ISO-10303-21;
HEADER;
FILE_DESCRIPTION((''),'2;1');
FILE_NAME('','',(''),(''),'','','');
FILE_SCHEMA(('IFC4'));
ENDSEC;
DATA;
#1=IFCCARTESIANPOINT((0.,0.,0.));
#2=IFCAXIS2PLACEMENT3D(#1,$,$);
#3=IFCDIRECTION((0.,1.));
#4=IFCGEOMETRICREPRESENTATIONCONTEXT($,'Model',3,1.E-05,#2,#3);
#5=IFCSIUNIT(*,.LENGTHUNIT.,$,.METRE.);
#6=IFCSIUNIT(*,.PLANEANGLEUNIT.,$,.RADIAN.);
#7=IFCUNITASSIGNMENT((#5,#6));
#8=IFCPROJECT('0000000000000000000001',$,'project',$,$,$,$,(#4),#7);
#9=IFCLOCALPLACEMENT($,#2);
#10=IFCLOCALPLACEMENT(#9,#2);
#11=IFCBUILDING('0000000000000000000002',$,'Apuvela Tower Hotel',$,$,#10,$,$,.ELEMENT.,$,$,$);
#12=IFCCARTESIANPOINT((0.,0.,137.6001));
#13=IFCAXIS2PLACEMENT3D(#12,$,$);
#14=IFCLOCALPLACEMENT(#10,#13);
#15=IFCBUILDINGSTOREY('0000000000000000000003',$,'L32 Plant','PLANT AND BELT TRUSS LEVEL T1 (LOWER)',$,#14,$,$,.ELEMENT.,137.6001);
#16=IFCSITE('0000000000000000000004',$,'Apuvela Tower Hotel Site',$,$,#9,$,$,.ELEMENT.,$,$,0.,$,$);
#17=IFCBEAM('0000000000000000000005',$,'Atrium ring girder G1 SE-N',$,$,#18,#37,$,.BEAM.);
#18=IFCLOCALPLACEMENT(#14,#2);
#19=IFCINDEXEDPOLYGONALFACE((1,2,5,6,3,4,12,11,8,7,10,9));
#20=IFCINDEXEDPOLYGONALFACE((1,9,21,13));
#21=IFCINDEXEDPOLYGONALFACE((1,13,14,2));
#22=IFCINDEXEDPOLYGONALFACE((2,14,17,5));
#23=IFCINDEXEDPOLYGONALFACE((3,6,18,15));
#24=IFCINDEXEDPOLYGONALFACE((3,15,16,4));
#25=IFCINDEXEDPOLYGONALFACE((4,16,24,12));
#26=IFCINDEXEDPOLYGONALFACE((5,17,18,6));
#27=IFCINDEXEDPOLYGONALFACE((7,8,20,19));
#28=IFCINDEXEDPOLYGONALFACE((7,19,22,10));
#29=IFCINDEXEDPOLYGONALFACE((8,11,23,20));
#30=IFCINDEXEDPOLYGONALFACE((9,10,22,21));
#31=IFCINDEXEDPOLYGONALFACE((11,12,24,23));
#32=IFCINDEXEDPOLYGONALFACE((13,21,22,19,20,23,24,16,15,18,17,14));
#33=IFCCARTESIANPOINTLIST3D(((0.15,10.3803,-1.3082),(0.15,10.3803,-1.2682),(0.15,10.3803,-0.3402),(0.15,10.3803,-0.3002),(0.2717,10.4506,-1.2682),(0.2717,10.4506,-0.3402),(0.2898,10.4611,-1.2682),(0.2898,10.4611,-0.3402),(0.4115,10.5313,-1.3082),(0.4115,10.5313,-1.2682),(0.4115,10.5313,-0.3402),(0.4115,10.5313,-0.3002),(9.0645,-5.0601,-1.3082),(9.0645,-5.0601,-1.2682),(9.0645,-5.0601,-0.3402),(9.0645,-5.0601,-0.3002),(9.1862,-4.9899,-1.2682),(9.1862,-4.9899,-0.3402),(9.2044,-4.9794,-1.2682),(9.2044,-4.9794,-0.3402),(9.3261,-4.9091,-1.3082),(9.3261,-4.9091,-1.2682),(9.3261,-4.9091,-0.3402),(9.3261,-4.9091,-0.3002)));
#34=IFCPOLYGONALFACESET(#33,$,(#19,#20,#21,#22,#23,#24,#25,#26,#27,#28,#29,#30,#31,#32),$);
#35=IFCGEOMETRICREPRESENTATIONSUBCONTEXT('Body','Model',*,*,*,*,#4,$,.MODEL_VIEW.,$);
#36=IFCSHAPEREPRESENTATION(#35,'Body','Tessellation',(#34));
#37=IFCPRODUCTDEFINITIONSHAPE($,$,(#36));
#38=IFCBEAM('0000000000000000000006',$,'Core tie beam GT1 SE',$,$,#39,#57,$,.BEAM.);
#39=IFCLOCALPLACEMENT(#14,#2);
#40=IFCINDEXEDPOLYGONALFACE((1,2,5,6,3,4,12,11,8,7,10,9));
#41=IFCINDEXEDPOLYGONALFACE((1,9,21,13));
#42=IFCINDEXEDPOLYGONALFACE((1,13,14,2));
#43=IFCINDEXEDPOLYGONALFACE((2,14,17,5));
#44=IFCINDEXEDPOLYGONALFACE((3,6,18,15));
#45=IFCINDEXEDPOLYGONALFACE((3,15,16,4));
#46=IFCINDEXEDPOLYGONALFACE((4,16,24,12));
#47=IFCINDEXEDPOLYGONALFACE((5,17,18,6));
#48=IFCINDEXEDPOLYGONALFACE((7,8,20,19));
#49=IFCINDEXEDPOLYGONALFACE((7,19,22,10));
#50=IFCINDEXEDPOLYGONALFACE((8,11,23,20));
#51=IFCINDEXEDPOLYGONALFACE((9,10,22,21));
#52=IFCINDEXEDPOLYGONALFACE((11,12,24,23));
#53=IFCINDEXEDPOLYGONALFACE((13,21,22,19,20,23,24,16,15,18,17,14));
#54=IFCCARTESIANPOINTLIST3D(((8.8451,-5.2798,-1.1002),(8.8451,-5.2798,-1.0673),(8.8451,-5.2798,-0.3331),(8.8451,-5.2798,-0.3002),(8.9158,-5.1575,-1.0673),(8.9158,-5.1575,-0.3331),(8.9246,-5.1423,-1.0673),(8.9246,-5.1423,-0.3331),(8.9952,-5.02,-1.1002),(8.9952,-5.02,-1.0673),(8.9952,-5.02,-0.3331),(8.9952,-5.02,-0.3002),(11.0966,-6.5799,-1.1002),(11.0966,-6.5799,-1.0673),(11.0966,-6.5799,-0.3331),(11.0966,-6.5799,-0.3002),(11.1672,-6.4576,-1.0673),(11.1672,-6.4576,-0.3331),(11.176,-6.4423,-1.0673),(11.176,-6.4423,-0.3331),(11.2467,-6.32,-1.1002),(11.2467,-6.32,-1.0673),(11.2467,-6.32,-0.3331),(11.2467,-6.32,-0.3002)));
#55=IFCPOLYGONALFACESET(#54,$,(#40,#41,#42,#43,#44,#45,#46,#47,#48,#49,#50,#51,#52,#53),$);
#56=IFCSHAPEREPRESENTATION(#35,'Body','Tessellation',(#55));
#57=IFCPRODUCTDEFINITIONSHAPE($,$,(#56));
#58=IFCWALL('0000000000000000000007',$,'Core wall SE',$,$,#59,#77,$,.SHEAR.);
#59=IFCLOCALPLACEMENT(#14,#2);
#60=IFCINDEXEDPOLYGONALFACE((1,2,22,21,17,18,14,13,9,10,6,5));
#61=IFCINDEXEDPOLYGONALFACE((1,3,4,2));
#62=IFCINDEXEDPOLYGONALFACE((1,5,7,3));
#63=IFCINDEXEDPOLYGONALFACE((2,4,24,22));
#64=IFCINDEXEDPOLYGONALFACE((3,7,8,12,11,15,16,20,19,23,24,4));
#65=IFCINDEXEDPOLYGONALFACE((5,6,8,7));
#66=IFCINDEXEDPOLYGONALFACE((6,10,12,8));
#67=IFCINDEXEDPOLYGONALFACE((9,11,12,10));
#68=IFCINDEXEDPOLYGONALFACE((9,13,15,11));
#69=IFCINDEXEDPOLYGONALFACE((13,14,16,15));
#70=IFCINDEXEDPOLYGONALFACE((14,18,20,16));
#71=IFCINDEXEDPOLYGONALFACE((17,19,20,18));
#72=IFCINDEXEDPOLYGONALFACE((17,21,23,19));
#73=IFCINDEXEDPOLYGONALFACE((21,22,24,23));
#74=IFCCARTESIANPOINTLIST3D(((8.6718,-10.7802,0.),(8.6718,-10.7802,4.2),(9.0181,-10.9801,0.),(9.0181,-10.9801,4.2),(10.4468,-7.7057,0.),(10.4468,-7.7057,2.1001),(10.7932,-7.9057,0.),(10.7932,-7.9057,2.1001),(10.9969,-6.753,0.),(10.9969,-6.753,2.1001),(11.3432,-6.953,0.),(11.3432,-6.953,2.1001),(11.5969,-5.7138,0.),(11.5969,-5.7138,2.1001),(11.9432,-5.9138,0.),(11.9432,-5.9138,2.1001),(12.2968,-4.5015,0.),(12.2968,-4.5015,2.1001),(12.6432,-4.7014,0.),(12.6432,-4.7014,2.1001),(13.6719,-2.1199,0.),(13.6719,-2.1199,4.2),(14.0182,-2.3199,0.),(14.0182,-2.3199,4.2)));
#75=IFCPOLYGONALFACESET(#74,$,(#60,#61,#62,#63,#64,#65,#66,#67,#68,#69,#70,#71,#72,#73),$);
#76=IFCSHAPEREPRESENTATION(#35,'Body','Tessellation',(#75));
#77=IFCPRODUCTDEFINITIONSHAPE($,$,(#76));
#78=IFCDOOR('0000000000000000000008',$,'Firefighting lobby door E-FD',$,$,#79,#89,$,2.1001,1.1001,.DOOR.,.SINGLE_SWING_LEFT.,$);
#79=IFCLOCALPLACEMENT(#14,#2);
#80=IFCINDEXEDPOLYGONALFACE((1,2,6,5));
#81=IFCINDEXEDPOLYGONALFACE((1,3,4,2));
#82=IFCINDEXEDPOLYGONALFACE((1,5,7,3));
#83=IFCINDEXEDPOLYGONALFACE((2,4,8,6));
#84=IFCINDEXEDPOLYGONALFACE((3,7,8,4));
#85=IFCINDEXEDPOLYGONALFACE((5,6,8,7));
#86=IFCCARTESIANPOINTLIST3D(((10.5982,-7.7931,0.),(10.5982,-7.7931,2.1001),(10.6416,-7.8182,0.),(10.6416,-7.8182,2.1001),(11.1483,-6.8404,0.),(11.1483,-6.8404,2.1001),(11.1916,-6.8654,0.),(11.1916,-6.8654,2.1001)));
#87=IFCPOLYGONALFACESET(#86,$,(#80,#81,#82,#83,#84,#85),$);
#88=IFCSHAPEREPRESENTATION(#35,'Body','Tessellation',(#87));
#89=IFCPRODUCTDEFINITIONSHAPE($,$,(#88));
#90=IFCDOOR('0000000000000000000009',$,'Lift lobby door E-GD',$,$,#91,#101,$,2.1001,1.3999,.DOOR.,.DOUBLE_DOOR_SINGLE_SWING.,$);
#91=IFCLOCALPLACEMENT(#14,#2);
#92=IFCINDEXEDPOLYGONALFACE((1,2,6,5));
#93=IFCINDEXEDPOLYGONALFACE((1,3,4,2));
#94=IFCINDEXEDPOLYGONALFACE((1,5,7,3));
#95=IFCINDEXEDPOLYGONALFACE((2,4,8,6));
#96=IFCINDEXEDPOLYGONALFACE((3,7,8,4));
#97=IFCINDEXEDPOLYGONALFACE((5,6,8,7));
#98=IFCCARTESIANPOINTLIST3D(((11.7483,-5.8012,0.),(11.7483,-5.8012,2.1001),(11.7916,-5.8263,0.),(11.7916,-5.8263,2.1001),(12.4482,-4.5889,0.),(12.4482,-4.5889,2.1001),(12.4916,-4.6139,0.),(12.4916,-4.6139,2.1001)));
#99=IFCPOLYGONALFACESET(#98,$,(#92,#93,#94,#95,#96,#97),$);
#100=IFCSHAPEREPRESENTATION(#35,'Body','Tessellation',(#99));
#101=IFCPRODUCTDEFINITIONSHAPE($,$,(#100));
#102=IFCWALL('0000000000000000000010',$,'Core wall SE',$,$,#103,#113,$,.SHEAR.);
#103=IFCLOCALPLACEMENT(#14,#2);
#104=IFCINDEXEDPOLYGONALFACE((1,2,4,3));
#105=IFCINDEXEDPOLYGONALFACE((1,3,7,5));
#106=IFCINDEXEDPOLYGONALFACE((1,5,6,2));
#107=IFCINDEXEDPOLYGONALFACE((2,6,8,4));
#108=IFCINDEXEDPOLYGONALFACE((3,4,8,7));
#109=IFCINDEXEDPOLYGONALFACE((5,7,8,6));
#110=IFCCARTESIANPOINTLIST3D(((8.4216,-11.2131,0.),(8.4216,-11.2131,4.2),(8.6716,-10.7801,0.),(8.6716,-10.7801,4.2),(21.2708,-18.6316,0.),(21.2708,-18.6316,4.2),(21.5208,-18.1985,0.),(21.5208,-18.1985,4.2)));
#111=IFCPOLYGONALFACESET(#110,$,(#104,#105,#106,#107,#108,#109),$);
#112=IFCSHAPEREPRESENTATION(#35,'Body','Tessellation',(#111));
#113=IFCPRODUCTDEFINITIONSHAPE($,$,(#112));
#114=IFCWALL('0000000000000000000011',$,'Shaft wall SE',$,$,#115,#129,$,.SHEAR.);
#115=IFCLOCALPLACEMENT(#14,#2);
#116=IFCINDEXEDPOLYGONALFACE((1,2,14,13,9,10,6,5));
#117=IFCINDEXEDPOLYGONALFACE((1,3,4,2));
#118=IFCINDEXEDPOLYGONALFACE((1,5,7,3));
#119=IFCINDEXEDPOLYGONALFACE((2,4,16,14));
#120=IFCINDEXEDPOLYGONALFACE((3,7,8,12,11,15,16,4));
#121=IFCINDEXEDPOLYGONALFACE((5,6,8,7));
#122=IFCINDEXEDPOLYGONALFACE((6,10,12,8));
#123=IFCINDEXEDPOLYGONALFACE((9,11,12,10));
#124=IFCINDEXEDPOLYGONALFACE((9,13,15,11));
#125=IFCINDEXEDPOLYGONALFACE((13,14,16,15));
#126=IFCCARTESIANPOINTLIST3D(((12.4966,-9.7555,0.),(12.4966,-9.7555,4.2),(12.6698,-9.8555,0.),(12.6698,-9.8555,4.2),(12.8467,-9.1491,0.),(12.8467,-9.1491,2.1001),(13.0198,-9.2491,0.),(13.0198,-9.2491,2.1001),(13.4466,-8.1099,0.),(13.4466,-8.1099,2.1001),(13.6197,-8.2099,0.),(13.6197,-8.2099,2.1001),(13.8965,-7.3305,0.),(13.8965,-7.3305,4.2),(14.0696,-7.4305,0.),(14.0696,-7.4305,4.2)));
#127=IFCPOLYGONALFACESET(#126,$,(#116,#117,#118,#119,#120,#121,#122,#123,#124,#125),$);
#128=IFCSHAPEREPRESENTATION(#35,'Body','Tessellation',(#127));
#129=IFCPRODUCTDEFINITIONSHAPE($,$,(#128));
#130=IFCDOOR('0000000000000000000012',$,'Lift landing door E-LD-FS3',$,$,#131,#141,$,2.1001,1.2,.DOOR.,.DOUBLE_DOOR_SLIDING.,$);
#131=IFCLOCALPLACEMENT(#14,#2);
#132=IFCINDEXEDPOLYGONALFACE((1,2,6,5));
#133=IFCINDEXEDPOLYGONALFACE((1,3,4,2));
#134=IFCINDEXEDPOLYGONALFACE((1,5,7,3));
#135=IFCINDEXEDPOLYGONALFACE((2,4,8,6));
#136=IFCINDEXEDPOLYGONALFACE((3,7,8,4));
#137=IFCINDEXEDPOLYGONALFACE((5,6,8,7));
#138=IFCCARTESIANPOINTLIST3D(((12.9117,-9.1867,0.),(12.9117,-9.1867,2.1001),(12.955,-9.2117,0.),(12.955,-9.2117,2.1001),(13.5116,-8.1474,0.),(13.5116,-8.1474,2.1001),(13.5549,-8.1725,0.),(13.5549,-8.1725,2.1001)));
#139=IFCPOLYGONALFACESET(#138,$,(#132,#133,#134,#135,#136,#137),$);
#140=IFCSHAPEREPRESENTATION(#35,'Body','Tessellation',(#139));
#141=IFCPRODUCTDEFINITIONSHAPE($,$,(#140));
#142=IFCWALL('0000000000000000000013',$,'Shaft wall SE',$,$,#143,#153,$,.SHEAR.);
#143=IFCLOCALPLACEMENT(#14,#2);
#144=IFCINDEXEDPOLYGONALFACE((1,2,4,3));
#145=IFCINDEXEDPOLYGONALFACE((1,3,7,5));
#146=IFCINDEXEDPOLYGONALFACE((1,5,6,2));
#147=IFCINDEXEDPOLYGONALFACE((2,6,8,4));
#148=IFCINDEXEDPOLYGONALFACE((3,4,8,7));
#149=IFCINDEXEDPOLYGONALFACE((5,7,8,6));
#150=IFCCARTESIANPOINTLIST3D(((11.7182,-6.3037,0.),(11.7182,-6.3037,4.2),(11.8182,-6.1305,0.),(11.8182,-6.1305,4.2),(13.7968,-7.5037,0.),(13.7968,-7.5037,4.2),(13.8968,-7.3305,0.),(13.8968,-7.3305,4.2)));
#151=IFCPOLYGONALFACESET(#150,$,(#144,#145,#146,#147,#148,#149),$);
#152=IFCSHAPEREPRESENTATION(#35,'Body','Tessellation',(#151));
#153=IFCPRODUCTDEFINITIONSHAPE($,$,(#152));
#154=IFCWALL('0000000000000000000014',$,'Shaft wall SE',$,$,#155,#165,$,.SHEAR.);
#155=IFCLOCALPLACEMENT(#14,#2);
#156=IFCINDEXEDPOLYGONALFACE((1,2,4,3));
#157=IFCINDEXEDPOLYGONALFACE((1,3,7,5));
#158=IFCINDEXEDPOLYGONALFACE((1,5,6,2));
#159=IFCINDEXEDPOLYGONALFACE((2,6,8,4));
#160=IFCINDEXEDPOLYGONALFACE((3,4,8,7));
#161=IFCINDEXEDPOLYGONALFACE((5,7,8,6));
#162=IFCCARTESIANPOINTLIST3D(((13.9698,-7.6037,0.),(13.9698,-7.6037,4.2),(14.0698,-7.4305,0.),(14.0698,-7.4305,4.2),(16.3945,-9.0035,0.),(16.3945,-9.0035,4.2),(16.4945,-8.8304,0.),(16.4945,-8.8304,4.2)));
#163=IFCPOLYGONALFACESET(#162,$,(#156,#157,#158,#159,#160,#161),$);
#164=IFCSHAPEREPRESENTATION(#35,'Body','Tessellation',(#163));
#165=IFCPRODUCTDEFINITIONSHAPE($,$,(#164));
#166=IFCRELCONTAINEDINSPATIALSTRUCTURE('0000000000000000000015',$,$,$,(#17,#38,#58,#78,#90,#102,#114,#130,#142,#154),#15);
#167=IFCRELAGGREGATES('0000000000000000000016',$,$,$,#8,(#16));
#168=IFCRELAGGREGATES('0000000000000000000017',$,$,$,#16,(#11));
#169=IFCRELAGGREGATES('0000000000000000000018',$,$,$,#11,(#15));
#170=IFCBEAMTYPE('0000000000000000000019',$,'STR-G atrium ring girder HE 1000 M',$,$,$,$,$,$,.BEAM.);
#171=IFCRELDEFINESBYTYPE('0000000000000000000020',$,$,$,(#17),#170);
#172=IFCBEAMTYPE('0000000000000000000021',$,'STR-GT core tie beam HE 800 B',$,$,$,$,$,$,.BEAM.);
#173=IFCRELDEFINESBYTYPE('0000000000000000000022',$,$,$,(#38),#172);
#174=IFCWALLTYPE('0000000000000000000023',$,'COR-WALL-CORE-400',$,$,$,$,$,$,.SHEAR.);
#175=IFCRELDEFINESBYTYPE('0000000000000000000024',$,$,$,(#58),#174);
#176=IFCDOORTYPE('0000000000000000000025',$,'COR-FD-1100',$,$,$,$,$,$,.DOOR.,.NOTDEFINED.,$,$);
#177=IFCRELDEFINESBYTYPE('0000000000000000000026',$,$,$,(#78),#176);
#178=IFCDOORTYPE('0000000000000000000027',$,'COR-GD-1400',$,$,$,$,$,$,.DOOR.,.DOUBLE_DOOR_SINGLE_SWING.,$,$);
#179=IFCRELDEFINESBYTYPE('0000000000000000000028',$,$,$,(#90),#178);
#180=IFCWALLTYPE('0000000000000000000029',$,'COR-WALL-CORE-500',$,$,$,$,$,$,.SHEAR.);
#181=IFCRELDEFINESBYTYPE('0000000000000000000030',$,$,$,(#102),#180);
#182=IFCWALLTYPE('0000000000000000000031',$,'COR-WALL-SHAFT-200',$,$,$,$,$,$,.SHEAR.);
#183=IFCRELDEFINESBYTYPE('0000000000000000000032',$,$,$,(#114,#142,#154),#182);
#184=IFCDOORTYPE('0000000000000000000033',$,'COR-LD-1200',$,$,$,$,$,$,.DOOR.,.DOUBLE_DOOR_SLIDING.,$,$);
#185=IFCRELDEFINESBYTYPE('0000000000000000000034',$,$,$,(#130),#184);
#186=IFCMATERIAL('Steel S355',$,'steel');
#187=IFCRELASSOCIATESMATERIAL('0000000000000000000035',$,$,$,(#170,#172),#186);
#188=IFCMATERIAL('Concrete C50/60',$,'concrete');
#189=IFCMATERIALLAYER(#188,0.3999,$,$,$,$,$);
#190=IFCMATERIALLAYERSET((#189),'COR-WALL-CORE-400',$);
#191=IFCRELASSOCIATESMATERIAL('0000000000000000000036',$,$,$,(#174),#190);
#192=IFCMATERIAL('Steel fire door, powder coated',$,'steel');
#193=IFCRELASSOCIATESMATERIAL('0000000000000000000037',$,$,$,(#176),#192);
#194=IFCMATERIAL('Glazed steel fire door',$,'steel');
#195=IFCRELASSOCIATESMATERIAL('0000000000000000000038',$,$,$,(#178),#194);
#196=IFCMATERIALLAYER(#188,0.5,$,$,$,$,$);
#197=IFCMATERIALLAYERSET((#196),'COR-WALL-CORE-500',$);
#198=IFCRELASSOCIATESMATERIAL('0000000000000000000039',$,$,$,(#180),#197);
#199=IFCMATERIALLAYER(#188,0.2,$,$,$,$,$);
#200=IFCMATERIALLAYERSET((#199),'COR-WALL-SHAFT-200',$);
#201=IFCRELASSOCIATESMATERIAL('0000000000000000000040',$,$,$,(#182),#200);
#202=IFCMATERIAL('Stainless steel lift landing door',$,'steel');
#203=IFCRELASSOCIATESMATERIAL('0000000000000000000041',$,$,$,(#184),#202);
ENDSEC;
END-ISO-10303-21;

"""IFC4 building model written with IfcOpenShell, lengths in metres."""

from ifc_helpers import new_model, si_unit, direction, frame, frame_2d, origin, origin_2d, place, context, subcontext, project, spatial, rectangle, i_section, extrude, material, layer, layer_set, material_profile, profile_set, type_object, element, fill, save


model = new_model("IFC4")

# Units and contexts
model_context = context("Model", 3, precision=1e-05, world=origin(), true_north=direction((0.0, 1.0)))
body_context = subcontext(model_context, "Body", "Model", "MODEL_VIEW")
ifc_project = project(units=[si_unit("LENGTHUNIT", "METRE"), si_unit("PLANEANGLEUNIT", "RADIAN")], contexts=[model_context])

# Site, building, storey
site_placement = place(None, origin())
site = spatial("IfcSite", under=ifc_project, at=site_placement, Name="Apuvela Tower Hotel Site", CompositionType="ELEMENT", RefElevation=0.0)
building_placement = place(site_placement, origin())
building = spatial("IfcBuilding", under=site, at=building_placement, Name="Apuvela Tower Hotel", CompositionType="ELEMENT")
storey_placement = place(building_placement, frame((0.0, 0.0, 137.6001)))
storey = spatial("IfcBuildingStorey", under=building, at=storey_placement, Name="L32 Plant", Description="PLANT AND BELT TRUSS LEVEL T1 (LOWER)", CompositionType="ELEMENT", Elevation=137.6001)

# Beams
ifc_material_1 = material(Name="Steel S355", Category="steel")
ifc_material_profile_1 = material_profile(ifc_material_1, i_section(OverallWidth=0.302, OverallDepth=1.0081, WebThickness=0.021, FlangeThickness=0.04, at=origin_2d()), Name="HE 1000 M")
ifc_profile_set_1 = profile_set([ifc_material_profile_1], Name="Steel S355")
beam_type_1 = type_object("IfcBeamType", Name="STR-G atrium ring girder HE 1000 M", PredefinedType="BEAM", material=ifc_profile_set_1)
beam_1_placement = place(storey_placement, frame((9.1953, -4.9846, -0.8042), z_axis=(-0.500001, 0.866025, 0.0), x_axis=(-0.866025, -0.500001, 0.0)))
element("IfcBeam", 1, at=beam_1_placement, inside=storey, type_object=beam_type_1, Name="Atrium ring girder G1 SE-N", PredefinedType="BEAM", context=body_context, shape_type="SweptSolid", body=[
    extrude(i_section(OverallWidth=0.302, OverallDepth=1.0081, WebThickness=0.021, FlangeThickness=0.04, at=origin_2d()), origin(), (0.0, 0.0, 1.0), 17.8291),
])
ifc_material_profile_2 = material_profile(ifc_material_1, i_section(OverallWidth=0.3, OverallDepth=0.8, WebThickness=0.0176, FlangeThickness=0.033, at=origin_2d()), Name="HE 800 B")
ifc_profile_set_2 = profile_set([ifc_material_profile_2], Name="Steel S355")
beam_type_2 = type_object("IfcBeamType", Name="STR-GT core tie beam HE 800 B", PredefinedType="BEAM", material=ifc_profile_set_2)
beam_2_placement = place(storey_placement, frame((11.1716, -6.45, -0.7002), z_axis=(-0.865998, 0.500048, 0.0), x_axis=(-0.500048, -0.865998, 0.0)))
element("IfcBeam", 2, at=beam_2_placement, inside=storey, type_object=beam_type_2, Name="Core tie beam GT1 SE", PredefinedType="BEAM", context=body_context, shape_type="SweptSolid", body=[
    extrude(i_section(OverallWidth=0.3, OverallDepth=0.8, WebThickness=0.0176, FlangeThickness=0.033, at=origin_2d()), origin(), (0.0, 0.0, 1.0), 2.5999),
])

# Wall, openings, doors
ifc_material_2 = material(Name="Concrete C50/60", Category="concrete")
ifc_layer_1 = layer(ifc_material_2, 0.3999)
ifc_layer_set_1 = layer_set([ifc_layer_1], Name="COR-WALL-CORE-400")
wall_type_1 = type_object("IfcWallType", Name="COR-WALL-CORE-400", PredefinedType="SHEAR", material=ifc_layer_set_1)
wall_1_placement = place(storey_placement, frame((8.845, -10.8801, 0.0), z_axis=(0.0, 0.0, 1.0), x_axis=(0.500004, 0.866023, 0.0)))
wall_1 = element("IfcWall", 3, at=wall_1_placement, inside=storey, type_object=wall_type_1, Name="Core wall SE", PredefinedType="SHEAR", context=body_context, shape_type="SweptSolid", body=[
    extrude(rectangle(XDim=10.0, YDim=0.3999, at=frame_2d((5.0, 0.0))), origin(), (0.0, 0.0, 1.0), 4.2),
])
opening_1_placement = place(wall_1_placement, frame((3.55, 0.0, 0.0)))
opening_1 = element("IfcOpeningElement", 4, at=opening_1_placement, cuts=wall_1, PredefinedType="OPENING", context=body_context, shape_type="SweptSolid", body=[
    extrude(rectangle(XDim=1.1001, YDim=2.1001, at=frame_2d((0.55, 1.05))), frame((0.0, 0.21, 0.0), z_axis=(0.0, -1.0, 0.0), x_axis=(1.0, 0.0, 0.0)), (0.0, 0.0, 1.0), 0.4199),
])
opening_2_placement = place(wall_1_placement, frame((5.8501, 0.0, 0.0)))
opening_2 = element("IfcOpeningElement", 5, at=opening_2_placement, cuts=wall_1, PredefinedType="OPENING", context=body_context, shape_type="SweptSolid", body=[
    extrude(rectangle(XDim=1.3999, YDim=2.1001, at=frame_2d((0.7, 1.05))), frame((0.0, 0.21, 0.0), z_axis=(0.0, -1.0, 0.0), x_axis=(1.0, 0.0, 0.0)), (0.0, 0.0, 1.0), 0.4199),
])
ifc_material_3 = material(Name="Steel fire door, powder coated", Category="steel")
door_type_1 = type_object("IfcDoorType", Name="COR-FD-1100", OperationType="NOTDEFINED", PredefinedType="DOOR", material=ifc_material_3)
door_1_placement = place(opening_1_placement, frame((1.1001, 0.0, 0.0), z_axis=(0.0, 0.0, 1.0), x_axis=(-1.0, 0.0, 0.0)))
door_1 = element("IfcDoor", 6, at=door_1_placement, inside=storey, type_object=door_type_1, Name="Firefighting lobby door E-FD", OperationType="SINGLE_SWING_LEFT", OverallHeight=2.1001, OverallWidth=1.1001, PredefinedType="DOOR", context=body_context, shape_type="SweptSolid", body=[
    extrude(rectangle(XDim=1.1001, YDim=2.1001, at=frame_2d((0.55, 1.05))), frame((0.0, 0.0249, 0.0), z_axis=(0.0, -1.0, 0.0), x_axis=(1.0, 0.0, 0.0)), (0.0, 0.0, 1.0), 0.05),
])
fill(opening_1, door_1)
ifc_material_4 = material(Name="Glazed steel fire door", Category="steel")
door_type_2 = type_object("IfcDoorType", Name="COR-GD-1400", OperationType="DOUBLE_DOOR_SINGLE_SWING", PredefinedType="DOOR", material=ifc_material_4)
door_2_placement = place(opening_2_placement, frame((1.3999, 0.0, 0.0), z_axis=(0.0, 0.0, 1.0), x_axis=(-1.0, 0.0, 0.0)))
door_2 = element("IfcDoor", 7, at=door_2_placement, inside=storey, type_object=door_type_2, Name="Lift lobby door E-GD", OperationType="DOUBLE_DOOR_SINGLE_SWING", OverallHeight=2.1001, OverallWidth=1.3999, PredefinedType="DOOR", context=body_context, shape_type="SweptSolid", body=[
    extrude(rectangle(XDim=1.3999, YDim=2.1001, at=frame_2d((0.7, 1.05))), frame((0.0, 0.0249, 0.0), z_axis=(0.0, -1.0, 0.0), x_axis=(1.0, 0.0, 0.0)), (0.0, 0.0, 1.0), 0.05),
])
fill(opening_2, door_2)

# Wall
ifc_layer_2 = layer(ifc_material_2, 0.5)
ifc_layer_set_2 = layer_set([ifc_layer_2], Name="COR-WALL-CORE-500")
wall_type_2 = type_object("IfcWallType", Name="COR-WALL-CORE-500", PredefinedType="SHEAR", material=ifc_layer_set_2)
wall_2_placement = place(storey_placement, frame((8.5466, -10.9966, 0.0), z_axis=(0.0, 0.0, 1.0), x_axis=(0.866025, -0.500001, 0.0)))
element("IfcWall", 8, at=wall_2_placement, inside=storey, type_object=wall_type_2, Name="Core wall SE", PredefinedType="SHEAR", context=body_context, shape_type="SweptSolid", body=[
    extrude(rectangle(XDim=14.8369, YDim=0.5, at=frame_2d((7.4185, 0.0))), origin(), (0.0, 0.0, 1.0), 4.2),
])

# Wall, opening, door
ifc_layer_3 = layer(ifc_material_2, 0.2)
ifc_layer_set_3 = layer_set([ifc_layer_3], Name="COR-WALL-SHAFT-200")
wall_type_3 = type_object("IfcWallType", Name="COR-WALL-SHAFT-200", PredefinedType="SHEAR", material=ifc_layer_set_3)
wall_3_placement = place(storey_placement, frame((12.5833, -9.8054, 0.0), z_axis=(0.0, 0.0, 1.0), x_axis=(0.499946, 0.866056, 0.0)))
wall_3 = element("IfcWall", 9, at=wall_3_placement, inside=storey, type_object=wall_type_3, Name="Shaft wall SE", PredefinedType="SHEAR", context=body_context, shape_type="SweptSolid", body=[
    extrude(rectangle(XDim=2.8, YDim=0.2, at=frame_2d((1.3999, 0.0))), origin(), (0.0, 0.0, 1.0), 4.2),
])
opening_3_placement = place(wall_3_placement, frame((0.7, 0.0, 0.0)))
opening_3 = element("IfcOpeningElement", 10, at=opening_3_placement, cuts=wall_3, PredefinedType="OPENING", context=body_context, shape_type="SweptSolid", body=[
    extrude(rectangle(XDim=1.2, YDim=2.1001, at=frame_2d((0.6001, 1.05))), frame((0.0, 0.1099, 0.0), z_axis=(0.0, -1.0, 0.0), x_axis=(1.0, 0.0, 0.0)), (0.0, 0.0, 1.0), 0.22),
])
ifc_material_5 = material(Name="Stainless steel lift landing door", Category="steel")
door_type_3 = type_object("IfcDoorType", Name="COR-LD-1200", OperationType="DOUBLE_DOOR_SLIDING", PredefinedType="DOOR", material=ifc_material_5)
door_3_placement = place(opening_3_placement, origin())
door_3 = element("IfcDoor", 11, at=door_3_placement, inside=storey, type_object=door_type_3, Name="Lift landing door E-LD-FS3", OperationType="DOUBLE_DOOR_SLIDING", OverallHeight=2.1001, OverallWidth=1.2, PredefinedType="DOOR", context=body_context, shape_type="SweptSolid", body=[
    extrude(rectangle(XDim=1.2, YDim=2.1001, at=frame_2d((0.6001, 1.05))), frame((0.0, 0.0249, 0.0), z_axis=(0.0, -1.0, 0.0), x_axis=(1.0, 0.0, 0.0)), (0.0, 0.0, 1.0), 0.05),
])
fill(opening_3, door_3)

# Walls
wall_4_placement = place(storey_placement, frame((11.7681, -6.217, 0.0), z_axis=(0.0, 0.0, 1.0), x_axis=(0.86605, -0.499957, 0.0)))
element("IfcWall", 12, at=wall_4_placement, inside=storey, type_object=wall_type_3, Name="Shaft wall SE", PredefinedType="SHEAR", context=body_context, shape_type="SweptSolid", body=[
    extrude(rectangle(XDim=2.4001, YDim=0.2, at=frame_2d((1.2002, 0.0))), origin(), (0.0, 0.0, 1.0), 4.2),
])
wall_5_placement = place(storey_placement, frame((14.0198, -7.5171, 0.0), z_axis=(0.0, 0.0, 1.0), x_axis=(0.866035, -0.499984, 0.0)))
element("IfcWall", 13, at=wall_5_placement, inside=storey, type_object=wall_type_3, Name="Shaft wall SE", PredefinedType="SHEAR", context=body_context, shape_type="SweptSolid", body=[
    extrude(rectangle(XDim=2.7998, YDim=0.2, at=frame_2d((1.3999, 0.0))), origin(), (0.0, 0.0, 1.0), 4.2),
])

save(model, "model.ifc")
